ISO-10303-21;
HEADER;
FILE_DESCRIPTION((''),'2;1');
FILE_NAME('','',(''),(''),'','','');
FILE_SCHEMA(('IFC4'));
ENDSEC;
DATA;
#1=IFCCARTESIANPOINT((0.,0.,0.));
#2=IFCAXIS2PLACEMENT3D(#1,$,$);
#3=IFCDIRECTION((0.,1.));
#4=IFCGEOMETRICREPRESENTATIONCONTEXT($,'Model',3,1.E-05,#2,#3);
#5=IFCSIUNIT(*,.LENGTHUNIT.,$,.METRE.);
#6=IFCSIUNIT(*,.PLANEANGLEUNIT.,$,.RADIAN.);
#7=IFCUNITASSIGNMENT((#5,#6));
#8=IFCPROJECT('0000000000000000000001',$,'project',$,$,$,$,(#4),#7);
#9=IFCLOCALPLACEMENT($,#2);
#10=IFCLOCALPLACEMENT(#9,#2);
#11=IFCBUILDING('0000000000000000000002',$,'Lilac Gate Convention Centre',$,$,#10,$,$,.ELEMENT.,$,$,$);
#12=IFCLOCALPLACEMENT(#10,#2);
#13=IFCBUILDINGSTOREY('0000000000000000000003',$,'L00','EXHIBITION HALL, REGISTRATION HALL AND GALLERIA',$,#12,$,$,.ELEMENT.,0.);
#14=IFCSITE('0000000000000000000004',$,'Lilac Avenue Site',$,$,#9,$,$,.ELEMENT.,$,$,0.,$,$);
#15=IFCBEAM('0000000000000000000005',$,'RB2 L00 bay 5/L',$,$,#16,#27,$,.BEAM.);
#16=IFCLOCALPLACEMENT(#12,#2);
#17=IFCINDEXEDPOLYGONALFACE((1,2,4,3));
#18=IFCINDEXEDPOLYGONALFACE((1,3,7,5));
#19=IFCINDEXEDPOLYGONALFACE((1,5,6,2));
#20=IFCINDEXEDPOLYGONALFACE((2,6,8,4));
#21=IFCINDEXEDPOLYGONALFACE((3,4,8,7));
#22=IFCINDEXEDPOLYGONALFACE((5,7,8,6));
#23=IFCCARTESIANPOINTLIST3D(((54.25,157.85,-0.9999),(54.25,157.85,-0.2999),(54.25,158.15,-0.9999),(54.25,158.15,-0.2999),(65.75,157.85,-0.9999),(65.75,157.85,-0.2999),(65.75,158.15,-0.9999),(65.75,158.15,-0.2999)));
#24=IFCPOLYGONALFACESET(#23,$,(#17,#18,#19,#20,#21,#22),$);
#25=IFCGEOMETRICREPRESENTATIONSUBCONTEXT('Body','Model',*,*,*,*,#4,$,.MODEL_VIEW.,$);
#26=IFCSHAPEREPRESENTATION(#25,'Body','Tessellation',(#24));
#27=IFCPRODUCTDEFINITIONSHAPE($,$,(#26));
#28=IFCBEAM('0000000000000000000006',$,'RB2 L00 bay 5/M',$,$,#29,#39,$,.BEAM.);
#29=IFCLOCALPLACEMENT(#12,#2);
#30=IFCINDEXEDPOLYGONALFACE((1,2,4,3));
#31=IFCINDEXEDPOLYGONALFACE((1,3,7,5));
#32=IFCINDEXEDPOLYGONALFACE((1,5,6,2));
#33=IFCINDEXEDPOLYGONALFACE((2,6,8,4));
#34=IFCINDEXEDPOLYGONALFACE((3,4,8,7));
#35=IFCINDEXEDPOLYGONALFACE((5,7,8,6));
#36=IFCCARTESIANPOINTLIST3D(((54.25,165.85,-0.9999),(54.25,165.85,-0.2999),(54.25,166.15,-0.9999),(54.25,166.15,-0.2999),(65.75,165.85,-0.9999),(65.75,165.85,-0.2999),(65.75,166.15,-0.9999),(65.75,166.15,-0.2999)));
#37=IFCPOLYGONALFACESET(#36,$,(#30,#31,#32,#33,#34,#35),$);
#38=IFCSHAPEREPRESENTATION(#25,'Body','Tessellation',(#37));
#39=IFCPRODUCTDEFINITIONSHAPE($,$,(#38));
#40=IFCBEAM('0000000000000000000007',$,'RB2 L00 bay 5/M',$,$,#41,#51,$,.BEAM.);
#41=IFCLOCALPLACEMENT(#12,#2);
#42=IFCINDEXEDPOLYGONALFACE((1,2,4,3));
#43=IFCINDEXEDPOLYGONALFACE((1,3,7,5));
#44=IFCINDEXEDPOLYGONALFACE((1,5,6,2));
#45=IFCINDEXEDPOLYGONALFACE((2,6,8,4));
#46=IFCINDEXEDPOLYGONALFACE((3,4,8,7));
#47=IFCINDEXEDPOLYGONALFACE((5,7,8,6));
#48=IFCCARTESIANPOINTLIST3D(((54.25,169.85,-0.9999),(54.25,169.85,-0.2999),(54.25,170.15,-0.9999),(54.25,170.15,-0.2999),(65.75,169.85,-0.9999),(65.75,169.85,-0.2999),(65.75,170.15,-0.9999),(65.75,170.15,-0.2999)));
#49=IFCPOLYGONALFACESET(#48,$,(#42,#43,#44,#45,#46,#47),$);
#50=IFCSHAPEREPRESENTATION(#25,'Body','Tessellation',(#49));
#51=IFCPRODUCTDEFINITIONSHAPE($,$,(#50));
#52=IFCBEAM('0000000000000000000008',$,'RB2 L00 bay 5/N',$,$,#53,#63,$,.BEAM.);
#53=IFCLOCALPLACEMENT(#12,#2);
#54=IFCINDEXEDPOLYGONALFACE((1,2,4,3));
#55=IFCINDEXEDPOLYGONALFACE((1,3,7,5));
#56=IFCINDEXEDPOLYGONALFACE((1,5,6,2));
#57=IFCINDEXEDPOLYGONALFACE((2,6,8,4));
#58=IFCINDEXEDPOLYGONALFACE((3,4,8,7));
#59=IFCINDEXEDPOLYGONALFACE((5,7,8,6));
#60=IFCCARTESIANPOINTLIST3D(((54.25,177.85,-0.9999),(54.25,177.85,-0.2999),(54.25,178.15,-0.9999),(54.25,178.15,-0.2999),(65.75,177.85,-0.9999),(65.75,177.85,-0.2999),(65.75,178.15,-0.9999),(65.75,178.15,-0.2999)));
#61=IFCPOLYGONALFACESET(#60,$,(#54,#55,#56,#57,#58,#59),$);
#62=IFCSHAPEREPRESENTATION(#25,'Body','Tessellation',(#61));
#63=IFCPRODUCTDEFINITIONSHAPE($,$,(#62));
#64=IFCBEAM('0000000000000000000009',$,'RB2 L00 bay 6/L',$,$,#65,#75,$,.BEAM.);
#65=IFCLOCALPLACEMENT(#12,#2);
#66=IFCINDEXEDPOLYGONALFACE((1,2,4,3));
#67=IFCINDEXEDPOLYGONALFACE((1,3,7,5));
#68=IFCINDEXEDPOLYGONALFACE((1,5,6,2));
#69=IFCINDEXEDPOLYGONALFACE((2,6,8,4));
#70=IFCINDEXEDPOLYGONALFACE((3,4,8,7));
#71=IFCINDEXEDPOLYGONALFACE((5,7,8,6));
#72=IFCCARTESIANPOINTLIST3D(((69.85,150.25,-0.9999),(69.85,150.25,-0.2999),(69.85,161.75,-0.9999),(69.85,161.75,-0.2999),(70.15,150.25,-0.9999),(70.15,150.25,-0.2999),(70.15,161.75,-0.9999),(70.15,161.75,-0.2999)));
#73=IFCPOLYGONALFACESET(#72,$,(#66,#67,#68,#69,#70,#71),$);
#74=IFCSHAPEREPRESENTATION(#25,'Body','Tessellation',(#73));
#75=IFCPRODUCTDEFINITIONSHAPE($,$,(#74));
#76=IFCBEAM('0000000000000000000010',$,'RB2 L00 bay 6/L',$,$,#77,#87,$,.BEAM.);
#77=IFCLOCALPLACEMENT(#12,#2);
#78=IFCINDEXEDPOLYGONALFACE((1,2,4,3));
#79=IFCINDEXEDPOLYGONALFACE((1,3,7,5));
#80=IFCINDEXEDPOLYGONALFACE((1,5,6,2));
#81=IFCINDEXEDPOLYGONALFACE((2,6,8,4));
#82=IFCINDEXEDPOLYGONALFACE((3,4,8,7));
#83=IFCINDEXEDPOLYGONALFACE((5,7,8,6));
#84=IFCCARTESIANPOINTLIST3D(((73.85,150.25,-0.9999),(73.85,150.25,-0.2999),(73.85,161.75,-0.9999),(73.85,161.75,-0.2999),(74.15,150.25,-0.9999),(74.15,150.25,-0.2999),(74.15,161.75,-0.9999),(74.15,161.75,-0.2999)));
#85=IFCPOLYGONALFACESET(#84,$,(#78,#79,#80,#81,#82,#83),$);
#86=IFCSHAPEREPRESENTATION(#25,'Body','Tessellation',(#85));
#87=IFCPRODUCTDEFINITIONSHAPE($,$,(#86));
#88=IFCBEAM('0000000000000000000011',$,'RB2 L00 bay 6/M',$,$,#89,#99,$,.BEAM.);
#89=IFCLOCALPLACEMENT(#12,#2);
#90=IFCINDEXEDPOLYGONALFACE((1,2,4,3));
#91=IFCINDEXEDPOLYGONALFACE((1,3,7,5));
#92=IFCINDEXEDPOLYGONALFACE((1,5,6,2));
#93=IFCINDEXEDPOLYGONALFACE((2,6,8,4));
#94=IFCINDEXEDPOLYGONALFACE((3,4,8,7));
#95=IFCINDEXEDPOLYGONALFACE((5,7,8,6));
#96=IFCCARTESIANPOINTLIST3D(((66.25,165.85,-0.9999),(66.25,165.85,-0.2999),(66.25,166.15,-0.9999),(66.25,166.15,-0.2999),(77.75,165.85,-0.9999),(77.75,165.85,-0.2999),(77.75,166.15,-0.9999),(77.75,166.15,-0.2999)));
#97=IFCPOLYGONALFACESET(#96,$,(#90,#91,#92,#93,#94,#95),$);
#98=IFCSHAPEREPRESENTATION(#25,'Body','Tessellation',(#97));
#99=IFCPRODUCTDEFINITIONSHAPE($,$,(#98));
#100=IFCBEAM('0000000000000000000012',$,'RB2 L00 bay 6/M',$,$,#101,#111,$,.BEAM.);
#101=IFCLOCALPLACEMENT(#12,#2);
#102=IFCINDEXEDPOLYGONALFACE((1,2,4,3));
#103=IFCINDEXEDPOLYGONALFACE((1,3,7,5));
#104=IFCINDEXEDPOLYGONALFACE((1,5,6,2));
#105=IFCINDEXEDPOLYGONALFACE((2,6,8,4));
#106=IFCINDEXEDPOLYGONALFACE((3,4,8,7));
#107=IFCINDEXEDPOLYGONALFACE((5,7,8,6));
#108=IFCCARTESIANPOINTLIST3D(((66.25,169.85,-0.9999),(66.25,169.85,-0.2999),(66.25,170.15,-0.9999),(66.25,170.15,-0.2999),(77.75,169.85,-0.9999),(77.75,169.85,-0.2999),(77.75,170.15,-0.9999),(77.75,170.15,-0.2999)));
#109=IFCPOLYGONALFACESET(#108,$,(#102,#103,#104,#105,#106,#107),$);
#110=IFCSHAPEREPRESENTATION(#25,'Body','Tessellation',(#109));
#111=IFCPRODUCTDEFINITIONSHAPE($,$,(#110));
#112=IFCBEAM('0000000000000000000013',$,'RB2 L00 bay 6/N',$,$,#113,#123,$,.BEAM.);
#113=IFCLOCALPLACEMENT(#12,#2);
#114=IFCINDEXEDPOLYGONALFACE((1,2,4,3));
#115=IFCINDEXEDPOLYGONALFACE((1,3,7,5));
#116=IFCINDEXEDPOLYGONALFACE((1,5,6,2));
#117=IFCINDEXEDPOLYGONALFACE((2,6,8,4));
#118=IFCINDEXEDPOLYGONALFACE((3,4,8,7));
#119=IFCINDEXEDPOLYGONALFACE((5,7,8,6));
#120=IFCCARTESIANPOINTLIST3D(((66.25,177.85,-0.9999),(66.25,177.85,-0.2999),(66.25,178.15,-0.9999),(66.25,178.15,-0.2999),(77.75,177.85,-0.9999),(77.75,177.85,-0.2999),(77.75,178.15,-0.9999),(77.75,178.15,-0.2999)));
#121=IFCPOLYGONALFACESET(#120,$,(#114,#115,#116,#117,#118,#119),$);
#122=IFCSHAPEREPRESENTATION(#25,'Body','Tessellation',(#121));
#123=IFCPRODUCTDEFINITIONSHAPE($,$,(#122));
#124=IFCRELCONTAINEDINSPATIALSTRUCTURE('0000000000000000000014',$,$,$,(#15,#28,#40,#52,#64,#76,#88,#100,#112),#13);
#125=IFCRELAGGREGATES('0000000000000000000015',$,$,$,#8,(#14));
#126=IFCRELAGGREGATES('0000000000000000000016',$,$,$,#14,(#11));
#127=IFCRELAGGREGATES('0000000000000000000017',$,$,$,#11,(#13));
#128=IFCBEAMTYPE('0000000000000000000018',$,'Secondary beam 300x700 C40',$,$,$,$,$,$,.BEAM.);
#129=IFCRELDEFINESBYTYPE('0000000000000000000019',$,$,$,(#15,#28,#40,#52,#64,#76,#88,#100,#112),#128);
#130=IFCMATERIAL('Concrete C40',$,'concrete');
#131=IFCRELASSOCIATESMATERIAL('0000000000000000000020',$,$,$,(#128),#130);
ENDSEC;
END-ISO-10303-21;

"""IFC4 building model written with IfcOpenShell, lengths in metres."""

from ifc_helpers import new_model, si_unit, direction, frame, origin, origin_2d, place, context, subcontext, project, spatial, rectangle, extrude, material, material_profile, profile_set, type_object, element, save


model = new_model("IFC4")

# Units and contexts
model_context = context("Model", 3, precision=1e-05, world=origin(), true_north=direction((0.0, 1.0)))
body_context = subcontext(model_context, "Body", "Model", "MODEL_VIEW")
ifc_project = project(units=[si_unit("LENGTHUNIT", "METRE"), si_unit("PLANEANGLEUNIT", "RADIAN")], contexts=[model_context])

# Site, building, storey
site_placement = place(None, origin())
site = spatial("IfcSite", under=ifc_project, at=site_placement, Name="Lilac Avenue Site", CompositionType="ELEMENT", RefElevation=0.0)
building_placement = place(site_placement, origin())
building = spatial("IfcBuilding", under=site, at=building_placement, Name="Lilac Gate Convention Centre", CompositionType="ELEMENT")
storey_placement = place(building_placement, origin())
storey = spatial("IfcBuildingStorey", under=building, at=storey_placement, Name="L00", Description="EXHIBITION HALL, REGISTRATION HALL AND GALLERIA", CompositionType="ELEMENT", Elevation=0.0)

# Shared definitions
ifc_material = material(Name="Concrete C40", Category="concrete")

# Beams
ifc_material_profile_1 = material_profile(ifc_material, rectangle(XDim=0.3, YDim=0.7, at=origin_2d()), Name="RC 300x700")
ifc_profile_set_1 = profile_set([ifc_material_profile_1], Name="Concrete C40")
beam_type_1 = type_object("IfcBeamType", Name="Secondary beam 300x700 C40", PredefinedType="BEAM", material=ifc_profile_set_1)
for number, where, z_axis, x_axis, name in (
    (1, (54.25, 158.0, -0.6499), (1.0, 0.0, 0.0), (0.0, 1.0, 0.0), "RB2 L00 bay 5/L"),
    (2, (54.25, 166.0, -0.6499), (1.0, 0.0, 0.0), (0.0, 1.0, 0.0), "RB2 L00 bay 5/M"),
    (3, (54.25, 170.0, -0.6499), (1.0, 0.0, 0.0), (0.0, 1.0, 0.0), "RB2 L00 bay 5/M"),
    (4, (54.25, 178.0, -0.6499), (1.0, 0.0, 0.0), (0.0, 1.0, 0.0), "RB2 L00 bay 5/N"),
    (5, (70.0, 150.25, -0.6499), (0.0, 1.0, 0.0), (-1.0, 0.0, 0.0), "RB2 L00 bay 6/L"),
    (6, (74.0, 150.25, -0.6499), (0.0, 1.0, 0.0), (-1.0, 0.0, 0.0), "RB2 L00 bay 6/L"),
    (7, (66.25, 166.0, -0.6499), (1.0, 0.0, 0.0), (0.0, 1.0, 0.0), "RB2 L00 bay 6/M"),
    (8, (66.25, 170.0, -0.6499), (1.0, 0.0, 0.0), (0.0, 1.0, 0.0), "RB2 L00 bay 6/M"),
    (9, (66.25, 178.0, -0.6499), (1.0, 0.0, 0.0), (0.0, 1.0, 0.0), "RB2 L00 bay 6/N"),
):
    element("IfcBeam", number, at=place(storey_placement, frame(where, z_axis=z_axis, x_axis=x_axis)), inside=storey, type_object=beam_type_1, Name=name, PredefinedType="BEAM", context=body_context, shape_type="SweptSolid", body=[
        extrude(rectangle(XDim=0.3, YDim=0.7, at=origin_2d()), origin(), (0.0, 0.0, 1.0), 11.5),
    ])

save(model, "model.ifc")
